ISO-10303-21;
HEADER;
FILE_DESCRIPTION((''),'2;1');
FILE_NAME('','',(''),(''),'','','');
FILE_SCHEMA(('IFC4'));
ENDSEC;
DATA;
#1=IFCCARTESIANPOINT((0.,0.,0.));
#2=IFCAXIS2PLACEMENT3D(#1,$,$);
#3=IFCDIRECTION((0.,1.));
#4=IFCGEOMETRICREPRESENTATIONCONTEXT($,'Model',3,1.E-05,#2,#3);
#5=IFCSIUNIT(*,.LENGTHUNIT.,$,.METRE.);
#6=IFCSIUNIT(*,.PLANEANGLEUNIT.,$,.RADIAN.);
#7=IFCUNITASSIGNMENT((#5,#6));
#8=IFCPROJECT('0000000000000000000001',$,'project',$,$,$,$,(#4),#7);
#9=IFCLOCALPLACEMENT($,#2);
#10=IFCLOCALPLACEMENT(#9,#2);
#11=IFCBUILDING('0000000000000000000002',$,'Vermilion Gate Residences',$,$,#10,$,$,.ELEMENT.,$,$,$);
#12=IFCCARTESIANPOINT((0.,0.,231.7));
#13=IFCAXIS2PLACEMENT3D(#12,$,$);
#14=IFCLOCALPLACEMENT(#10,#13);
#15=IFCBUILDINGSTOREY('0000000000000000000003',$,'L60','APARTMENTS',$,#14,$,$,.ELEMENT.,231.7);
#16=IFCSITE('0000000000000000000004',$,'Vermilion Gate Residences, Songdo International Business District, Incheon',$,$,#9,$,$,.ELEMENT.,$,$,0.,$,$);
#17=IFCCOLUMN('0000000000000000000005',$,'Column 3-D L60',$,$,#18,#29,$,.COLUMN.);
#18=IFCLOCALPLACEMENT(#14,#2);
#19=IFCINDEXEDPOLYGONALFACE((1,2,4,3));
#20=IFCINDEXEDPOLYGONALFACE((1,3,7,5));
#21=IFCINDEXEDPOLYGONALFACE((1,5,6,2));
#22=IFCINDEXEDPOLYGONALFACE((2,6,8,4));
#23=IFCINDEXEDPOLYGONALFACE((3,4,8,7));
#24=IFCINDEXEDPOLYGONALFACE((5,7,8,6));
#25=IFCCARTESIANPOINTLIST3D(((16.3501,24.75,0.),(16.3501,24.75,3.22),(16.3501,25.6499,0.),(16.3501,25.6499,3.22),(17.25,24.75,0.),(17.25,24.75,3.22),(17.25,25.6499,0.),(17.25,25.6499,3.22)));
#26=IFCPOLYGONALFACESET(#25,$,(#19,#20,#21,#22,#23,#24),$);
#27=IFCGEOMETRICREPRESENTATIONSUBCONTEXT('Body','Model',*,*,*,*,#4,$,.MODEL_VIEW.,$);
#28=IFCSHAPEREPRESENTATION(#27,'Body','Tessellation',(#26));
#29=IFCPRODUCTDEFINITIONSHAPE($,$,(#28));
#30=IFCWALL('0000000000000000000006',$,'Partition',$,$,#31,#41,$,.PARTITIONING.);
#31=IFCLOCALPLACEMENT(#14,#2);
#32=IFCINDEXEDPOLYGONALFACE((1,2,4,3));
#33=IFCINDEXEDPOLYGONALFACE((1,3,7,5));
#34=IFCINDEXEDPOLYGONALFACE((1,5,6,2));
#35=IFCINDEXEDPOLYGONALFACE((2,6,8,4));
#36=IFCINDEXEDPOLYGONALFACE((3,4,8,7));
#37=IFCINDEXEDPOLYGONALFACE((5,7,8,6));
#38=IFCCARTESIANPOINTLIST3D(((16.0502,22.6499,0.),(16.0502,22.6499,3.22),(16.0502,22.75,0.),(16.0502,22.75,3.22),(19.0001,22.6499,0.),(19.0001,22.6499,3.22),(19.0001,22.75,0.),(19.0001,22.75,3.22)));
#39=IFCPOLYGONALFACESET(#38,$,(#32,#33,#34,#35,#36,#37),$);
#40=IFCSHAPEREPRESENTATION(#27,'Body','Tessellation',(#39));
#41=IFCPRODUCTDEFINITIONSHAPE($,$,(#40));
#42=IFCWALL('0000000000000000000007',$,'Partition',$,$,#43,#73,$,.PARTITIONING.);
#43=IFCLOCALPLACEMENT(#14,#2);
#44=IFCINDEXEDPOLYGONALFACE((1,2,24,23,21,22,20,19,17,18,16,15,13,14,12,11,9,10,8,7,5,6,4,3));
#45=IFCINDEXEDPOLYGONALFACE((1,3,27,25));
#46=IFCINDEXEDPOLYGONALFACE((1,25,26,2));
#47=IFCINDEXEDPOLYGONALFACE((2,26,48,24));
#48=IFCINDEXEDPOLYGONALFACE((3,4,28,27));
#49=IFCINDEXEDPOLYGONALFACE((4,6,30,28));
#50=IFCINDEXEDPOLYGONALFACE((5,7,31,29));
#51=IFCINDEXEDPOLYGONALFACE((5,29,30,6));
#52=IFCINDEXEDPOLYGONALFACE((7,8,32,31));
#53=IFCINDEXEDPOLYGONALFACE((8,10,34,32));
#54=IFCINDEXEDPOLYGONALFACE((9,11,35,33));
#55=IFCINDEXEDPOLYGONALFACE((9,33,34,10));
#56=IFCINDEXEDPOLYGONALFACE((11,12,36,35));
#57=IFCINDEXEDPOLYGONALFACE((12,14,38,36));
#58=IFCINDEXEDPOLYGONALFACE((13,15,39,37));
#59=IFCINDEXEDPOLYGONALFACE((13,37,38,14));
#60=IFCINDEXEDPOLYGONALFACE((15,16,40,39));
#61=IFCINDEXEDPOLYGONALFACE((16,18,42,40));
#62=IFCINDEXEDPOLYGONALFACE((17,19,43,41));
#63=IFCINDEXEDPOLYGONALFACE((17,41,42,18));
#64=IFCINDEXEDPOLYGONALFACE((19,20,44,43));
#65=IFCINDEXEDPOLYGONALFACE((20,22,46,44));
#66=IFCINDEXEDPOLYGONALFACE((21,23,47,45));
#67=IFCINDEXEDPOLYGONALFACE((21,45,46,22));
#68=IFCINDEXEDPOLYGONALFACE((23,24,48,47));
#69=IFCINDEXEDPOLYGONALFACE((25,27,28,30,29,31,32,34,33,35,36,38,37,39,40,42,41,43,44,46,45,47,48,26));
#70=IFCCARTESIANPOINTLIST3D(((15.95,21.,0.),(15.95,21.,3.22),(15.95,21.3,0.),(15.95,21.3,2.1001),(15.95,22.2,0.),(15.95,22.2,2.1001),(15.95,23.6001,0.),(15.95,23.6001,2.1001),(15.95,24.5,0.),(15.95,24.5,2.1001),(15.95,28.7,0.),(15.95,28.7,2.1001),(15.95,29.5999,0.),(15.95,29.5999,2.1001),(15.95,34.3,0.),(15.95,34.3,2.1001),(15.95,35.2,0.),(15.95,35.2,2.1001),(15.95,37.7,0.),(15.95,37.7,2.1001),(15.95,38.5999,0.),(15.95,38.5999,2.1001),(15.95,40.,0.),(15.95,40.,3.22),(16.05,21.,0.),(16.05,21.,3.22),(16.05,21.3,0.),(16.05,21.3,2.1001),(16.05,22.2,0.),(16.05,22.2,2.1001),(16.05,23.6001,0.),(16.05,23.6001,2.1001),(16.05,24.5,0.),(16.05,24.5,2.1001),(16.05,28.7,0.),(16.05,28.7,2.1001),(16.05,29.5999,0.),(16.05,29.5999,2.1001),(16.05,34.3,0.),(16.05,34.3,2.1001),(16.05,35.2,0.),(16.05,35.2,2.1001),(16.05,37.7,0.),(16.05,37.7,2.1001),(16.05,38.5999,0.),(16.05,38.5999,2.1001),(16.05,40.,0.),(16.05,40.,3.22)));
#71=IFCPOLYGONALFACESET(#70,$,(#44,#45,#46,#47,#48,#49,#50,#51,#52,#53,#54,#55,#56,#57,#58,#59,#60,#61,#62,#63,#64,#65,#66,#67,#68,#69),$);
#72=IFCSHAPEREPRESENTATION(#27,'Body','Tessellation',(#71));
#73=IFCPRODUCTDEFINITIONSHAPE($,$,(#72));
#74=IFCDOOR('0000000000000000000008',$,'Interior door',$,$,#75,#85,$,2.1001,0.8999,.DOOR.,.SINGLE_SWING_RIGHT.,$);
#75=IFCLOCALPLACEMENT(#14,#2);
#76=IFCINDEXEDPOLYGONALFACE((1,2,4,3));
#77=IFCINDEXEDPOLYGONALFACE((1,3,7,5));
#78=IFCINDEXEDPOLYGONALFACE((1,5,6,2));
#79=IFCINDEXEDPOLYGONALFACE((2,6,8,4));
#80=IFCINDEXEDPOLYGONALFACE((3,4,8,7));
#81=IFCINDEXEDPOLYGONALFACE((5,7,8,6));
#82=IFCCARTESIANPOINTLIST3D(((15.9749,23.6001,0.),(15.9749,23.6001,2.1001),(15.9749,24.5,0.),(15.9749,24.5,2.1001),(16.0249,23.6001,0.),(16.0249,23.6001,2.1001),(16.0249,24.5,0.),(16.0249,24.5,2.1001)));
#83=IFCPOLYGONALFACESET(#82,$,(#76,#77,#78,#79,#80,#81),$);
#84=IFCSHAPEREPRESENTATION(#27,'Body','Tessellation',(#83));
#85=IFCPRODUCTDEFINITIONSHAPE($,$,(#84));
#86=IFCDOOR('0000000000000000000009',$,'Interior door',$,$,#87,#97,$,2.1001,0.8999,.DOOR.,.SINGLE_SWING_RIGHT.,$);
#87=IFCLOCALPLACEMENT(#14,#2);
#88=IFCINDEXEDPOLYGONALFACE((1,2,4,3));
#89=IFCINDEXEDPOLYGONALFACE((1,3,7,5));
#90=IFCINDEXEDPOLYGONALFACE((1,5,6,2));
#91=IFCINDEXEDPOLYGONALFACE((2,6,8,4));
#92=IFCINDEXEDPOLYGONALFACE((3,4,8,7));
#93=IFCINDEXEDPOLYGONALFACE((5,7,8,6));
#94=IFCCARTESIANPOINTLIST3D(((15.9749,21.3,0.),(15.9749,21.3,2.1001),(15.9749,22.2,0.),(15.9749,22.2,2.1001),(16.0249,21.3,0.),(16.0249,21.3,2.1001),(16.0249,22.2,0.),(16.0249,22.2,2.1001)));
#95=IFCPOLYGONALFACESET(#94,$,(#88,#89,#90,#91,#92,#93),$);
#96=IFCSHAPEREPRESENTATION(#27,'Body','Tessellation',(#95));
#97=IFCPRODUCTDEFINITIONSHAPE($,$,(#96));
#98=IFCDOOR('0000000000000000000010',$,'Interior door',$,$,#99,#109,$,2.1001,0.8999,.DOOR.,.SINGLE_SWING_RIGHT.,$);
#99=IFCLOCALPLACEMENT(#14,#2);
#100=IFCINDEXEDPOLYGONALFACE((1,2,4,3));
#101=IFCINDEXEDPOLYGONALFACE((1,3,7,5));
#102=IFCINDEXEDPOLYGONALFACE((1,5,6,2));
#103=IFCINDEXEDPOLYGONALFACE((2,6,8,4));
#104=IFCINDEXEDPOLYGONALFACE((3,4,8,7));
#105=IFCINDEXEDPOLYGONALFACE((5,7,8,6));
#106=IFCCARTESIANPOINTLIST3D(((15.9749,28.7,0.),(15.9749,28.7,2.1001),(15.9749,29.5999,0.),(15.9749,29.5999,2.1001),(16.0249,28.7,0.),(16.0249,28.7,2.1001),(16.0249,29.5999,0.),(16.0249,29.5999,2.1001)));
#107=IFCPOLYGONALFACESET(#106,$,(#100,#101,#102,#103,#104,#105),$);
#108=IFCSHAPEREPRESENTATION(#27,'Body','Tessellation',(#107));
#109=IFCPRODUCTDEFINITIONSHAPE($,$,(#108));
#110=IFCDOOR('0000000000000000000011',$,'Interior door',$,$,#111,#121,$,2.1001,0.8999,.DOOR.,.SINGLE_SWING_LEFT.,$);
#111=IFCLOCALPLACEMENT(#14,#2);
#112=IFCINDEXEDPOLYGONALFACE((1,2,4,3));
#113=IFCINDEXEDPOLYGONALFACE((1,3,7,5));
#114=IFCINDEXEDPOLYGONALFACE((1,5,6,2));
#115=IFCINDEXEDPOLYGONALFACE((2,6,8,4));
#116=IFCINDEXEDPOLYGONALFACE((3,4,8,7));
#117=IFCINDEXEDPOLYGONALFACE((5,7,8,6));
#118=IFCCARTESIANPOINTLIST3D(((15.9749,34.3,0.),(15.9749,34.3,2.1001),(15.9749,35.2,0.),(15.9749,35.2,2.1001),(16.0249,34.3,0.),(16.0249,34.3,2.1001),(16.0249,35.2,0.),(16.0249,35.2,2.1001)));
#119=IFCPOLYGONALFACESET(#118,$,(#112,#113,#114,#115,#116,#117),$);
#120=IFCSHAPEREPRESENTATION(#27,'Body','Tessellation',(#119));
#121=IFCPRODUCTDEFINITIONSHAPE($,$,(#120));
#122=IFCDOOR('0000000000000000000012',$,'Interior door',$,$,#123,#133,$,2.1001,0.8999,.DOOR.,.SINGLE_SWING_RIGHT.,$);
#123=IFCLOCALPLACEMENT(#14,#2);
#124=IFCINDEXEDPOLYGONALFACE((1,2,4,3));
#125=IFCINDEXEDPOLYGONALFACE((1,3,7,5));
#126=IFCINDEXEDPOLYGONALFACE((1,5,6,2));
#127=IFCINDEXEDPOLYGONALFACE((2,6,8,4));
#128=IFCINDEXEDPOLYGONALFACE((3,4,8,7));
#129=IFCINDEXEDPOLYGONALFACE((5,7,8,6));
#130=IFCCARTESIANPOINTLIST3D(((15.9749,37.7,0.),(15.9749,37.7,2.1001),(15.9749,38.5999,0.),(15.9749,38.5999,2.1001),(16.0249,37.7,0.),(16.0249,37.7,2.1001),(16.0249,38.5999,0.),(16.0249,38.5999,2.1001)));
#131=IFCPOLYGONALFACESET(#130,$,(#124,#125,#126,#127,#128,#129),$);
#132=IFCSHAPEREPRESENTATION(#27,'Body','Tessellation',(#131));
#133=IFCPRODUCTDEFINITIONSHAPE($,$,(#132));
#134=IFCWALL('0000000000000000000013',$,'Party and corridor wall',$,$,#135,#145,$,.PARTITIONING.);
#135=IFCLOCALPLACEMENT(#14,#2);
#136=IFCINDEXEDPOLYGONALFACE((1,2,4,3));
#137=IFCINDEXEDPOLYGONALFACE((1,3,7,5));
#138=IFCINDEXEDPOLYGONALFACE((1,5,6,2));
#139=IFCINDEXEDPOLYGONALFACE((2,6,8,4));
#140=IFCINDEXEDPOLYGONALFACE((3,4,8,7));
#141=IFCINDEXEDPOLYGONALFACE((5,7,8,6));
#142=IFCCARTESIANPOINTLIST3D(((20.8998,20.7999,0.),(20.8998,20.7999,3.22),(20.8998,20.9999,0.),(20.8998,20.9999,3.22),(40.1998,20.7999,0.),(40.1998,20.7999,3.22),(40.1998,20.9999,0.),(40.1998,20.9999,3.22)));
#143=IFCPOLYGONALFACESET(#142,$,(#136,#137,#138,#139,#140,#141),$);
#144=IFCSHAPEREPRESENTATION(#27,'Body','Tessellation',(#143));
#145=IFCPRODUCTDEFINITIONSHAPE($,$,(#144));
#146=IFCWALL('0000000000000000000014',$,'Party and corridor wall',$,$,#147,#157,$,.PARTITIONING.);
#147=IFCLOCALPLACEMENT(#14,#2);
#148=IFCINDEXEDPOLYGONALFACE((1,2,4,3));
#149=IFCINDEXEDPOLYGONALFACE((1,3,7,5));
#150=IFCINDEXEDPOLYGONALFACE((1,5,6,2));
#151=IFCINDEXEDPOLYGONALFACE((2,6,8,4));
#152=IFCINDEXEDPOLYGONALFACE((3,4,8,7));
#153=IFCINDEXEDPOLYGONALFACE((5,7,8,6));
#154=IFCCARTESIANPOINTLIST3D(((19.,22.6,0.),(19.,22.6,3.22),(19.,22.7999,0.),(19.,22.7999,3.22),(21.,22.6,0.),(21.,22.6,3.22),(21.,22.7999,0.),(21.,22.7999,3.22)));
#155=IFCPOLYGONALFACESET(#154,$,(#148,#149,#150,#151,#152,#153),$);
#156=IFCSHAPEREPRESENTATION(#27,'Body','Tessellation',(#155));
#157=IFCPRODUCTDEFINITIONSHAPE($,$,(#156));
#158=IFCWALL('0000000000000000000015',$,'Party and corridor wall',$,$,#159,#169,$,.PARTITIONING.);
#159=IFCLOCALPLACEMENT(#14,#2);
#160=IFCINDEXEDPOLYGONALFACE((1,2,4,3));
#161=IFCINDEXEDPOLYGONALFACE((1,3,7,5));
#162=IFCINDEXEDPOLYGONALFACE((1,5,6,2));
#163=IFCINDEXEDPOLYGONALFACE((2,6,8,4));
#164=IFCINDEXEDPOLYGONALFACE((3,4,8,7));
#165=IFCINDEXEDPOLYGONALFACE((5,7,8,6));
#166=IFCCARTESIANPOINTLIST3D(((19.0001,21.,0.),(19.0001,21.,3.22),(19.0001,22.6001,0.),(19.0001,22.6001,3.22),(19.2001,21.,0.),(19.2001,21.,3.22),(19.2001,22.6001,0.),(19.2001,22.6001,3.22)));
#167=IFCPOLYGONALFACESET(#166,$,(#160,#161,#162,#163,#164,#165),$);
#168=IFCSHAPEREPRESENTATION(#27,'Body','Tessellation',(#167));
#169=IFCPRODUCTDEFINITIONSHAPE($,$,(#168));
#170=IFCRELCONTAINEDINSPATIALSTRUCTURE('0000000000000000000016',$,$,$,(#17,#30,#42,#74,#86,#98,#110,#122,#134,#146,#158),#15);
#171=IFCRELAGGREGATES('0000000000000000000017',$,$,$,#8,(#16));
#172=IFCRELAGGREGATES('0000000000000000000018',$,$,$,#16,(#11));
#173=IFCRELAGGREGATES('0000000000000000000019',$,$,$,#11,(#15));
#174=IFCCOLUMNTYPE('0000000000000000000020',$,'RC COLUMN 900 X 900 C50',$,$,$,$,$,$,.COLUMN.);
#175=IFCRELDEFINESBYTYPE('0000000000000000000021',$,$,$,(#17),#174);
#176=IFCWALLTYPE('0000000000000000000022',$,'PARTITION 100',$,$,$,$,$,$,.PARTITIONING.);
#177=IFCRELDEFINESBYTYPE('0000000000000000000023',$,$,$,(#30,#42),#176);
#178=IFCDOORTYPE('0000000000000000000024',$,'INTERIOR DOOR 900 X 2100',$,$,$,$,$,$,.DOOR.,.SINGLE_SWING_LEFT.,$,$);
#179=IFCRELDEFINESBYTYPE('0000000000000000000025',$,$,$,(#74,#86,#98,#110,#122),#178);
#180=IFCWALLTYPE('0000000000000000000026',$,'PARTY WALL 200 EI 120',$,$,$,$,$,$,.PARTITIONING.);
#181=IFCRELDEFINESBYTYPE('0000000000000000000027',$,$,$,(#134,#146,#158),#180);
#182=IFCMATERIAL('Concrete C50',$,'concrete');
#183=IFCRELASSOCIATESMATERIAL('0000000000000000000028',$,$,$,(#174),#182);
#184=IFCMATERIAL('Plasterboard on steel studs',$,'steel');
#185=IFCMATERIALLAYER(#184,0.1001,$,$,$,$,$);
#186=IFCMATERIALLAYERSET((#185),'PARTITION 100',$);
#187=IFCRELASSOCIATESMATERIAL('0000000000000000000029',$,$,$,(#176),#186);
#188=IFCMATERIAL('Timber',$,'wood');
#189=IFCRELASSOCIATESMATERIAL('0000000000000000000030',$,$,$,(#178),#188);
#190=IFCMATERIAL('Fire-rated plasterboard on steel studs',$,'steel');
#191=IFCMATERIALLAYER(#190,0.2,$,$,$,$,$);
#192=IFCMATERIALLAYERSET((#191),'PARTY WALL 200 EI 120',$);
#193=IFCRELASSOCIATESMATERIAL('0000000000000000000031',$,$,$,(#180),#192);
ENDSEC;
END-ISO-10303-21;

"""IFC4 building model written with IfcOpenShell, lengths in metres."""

from ifc_helpers import new_model, si_unit, direction, frame, frame_2d, origin, origin_2d, place, context, subcontext, project, spatial, rectangle, extrude, material, layer, layer_set, material_profile, profile_set, type_object, element, fill, save


model = new_model("IFC4")

# Units and contexts
model_context = context("Model", 3, precision=1e-05, world=origin(), true_north=direction((0.0, 1.0)))
body_context = subcontext(model_context, "Body", "Model", "MODEL_VIEW")
ifc_project = project(units=[si_unit("LENGTHUNIT", "METRE"), si_unit("PLANEANGLEUNIT", "RADIAN")], contexts=[model_context])

# Site, building, storey
site_placement = place(None, origin())
site = spatial("IfcSite", under=ifc_project, at=site_placement, Name="Vermilion Gate Residences, Songdo International Business District, Incheon", CompositionType="ELEMENT", RefElevation=0.0)
building_placement = place(site_placement, origin())
building = spatial("IfcBuilding", under=site, at=building_placement, Name="Vermilion Gate Residences", CompositionType="ELEMENT")
storey_placement = place(building_placement, frame((0.0, 0.0, 231.7)))
storey = spatial("IfcBuildingStorey", under=building, at=storey_placement, Name="L60", Description="APARTMENTS", CompositionType="ELEMENT", Elevation=231.7)

# Column
ifc_material_1 = material(Name="Concrete C50", Category="concrete")
ifc_material_profile = material_profile(ifc_material_1, rectangle(XDim=0.8999, YDim=0.8999, at=origin_2d()), Name="RC-900x900")
ifc_profile_set = profile_set([ifc_material_profile], Name="Concrete C50")
column_type = type_object("IfcColumnType", Name="RC COLUMN 900 X 900 C50", PredefinedType="COLUMN", material=ifc_profile_set)
column_placement = place(storey_placement, frame((16.8, 25.2, 0.0), z_axis=(0.0, 0.0, 1.0), x_axis=(1.0, 0.0, 0.0)))
element("IfcColumn", 1, at=column_placement, inside=storey, type_object=column_type, Name="Column 3-D L60", PredefinedType="COLUMN", context=body_context, shape_type="SweptSolid", body=[
    extrude(rectangle(XDim=0.8999, YDim=0.8999, at=origin_2d()), origin(), (0.0, 0.0, 1.0), 3.22),
])

# Wall
ifc_material_2 = material(Name="Plasterboard on steel studs", Category="steel")
ifc_layer_1 = layer(ifc_material_2, 0.1001)
ifc_layer_set_1 = layer_set([ifc_layer_1], Name="PARTITION 100")
wall_type_1 = type_object("IfcWallType", Name="PARTITION 100", PredefinedType="PARTITIONING", material=ifc_layer_set_1)
wall_1_placement = place(storey_placement, frame((16.05, 22.7, 0.0), z_axis=(0.0, 0.0, 1.0), x_axis=(1.0, 0.0, 0.0)))
element("IfcWall", 2, at=wall_1_placement, inside=storey, type_object=wall_type_1, Name="Partition", PredefinedType="PARTITIONING", context=body_context, shape_type="SweptSolid", body=[
    extrude(rectangle(XDim=2.95, YDim=0.1001, at=frame_2d((1.4751, 0.0))), origin(), (0.0, 0.0, 1.0), 3.22),
])

# Wall, openings, doors
wall_2_placement = place(storey_placement, frame((16.0, 21.0, 0.0), z_axis=(0.0, 0.0, 1.0), x_axis=(0.0, 1.0, 0.0)))
wall_2 = element("IfcWall", 3, at=wall_2_placement, inside=storey, type_object=wall_type_1, Name="Partition", PredefinedType="PARTITIONING", context=body_context, shape_type="SweptSolid", body=[
    extrude(rectangle(XDim=19.0, YDim=0.1001, at=frame_2d((9.5, 0.0))), origin(), (0.0, 0.0, 1.0), 3.22),
])
opening_1_placement = place(wall_2_placement, frame((2.6001, 0.0, 0.0)))
opening_1 = element("IfcOpeningElement", 4, at=opening_1_placement, cuts=wall_2, PredefinedType="OPENING", context=body_context, shape_type="SweptSolid", body=[
    extrude(rectangle(XDim=0.8999, YDim=2.1001, at=frame_2d((0.45, 1.05))), frame((0.0, 0.0601, 0.0), z_axis=(0.0, -1.0, 0.0), x_axis=(1.0, 0.0, 0.0)), (0.0, 0.0, 1.0), 0.1201),
])
opening_2_placement = place(wall_2_placement, frame((0.3, 0.0, 0.0)))
opening_2 = element("IfcOpeningElement", 5, at=opening_2_placement, cuts=wall_2, PredefinedType="OPENING", context=body_context, shape_type="SweptSolid", body=[
    extrude(rectangle(XDim=0.8999, YDim=2.1001, at=frame_2d((0.45, 1.05))), frame((0.0, 0.0601, 0.0), z_axis=(0.0, -1.0, 0.0), x_axis=(1.0, 0.0, 0.0)), (0.0, 0.0, 1.0), 0.1201),
])
opening_3_placement = place(wall_2_placement, frame((7.7, 0.0, 0.0)))
opening_3 = element("IfcOpeningElement", 6, at=opening_3_placement, cuts=wall_2, PredefinedType="OPENING", context=body_context, shape_type="SweptSolid", body=[
    extrude(rectangle(XDim=0.8999, YDim=2.1001, at=frame_2d((0.45, 1.05))), frame((0.0, 0.0601, 0.0), z_axis=(0.0, -1.0, 0.0), x_axis=(1.0, 0.0, 0.0)), (0.0, 0.0, 1.0), 0.1201),
])
opening_4_placement = place(wall_2_placement, frame((13.3, 0.0, 0.0)))
opening_4 = element("IfcOpeningElement", 7, at=opening_4_placement, cuts=wall_2, PredefinedType="OPENING", context=body_context, shape_type="SweptSolid", body=[
    extrude(rectangle(XDim=0.8999, YDim=2.1001, at=frame_2d((0.45, 1.05))), frame((0.0, 0.0601, 0.0), z_axis=(0.0, -1.0, 0.0), x_axis=(1.0, 0.0, 0.0)), (0.0, 0.0, 1.0), 0.1201),
])
opening_5_placement = place(wall_2_placement, frame((16.7, 0.0, 0.0)))
opening_5 = element("IfcOpeningElement", 8, at=opening_5_placement, cuts=wall_2, PredefinedType="OPENING", context=body_context, shape_type="SweptSolid", body=[
    extrude(rectangle(XDim=0.8999, YDim=2.1001, at=frame_2d((0.45, 1.05))), frame((0.0, 0.0601, 0.0), z_axis=(0.0, -1.0, 0.0), x_axis=(1.0, 0.0, 0.0)), (0.0, 0.0, 1.0), 0.1201),
])
ifc_material_3 = material(Name="Timber", Category="wood")
door_type_1 = type_object("IfcDoorType", Name="INTERIOR DOOR 900 X 2100", OperationType="SINGLE_SWING_LEFT", PredefinedType="DOOR", material=ifc_material_3)
door_1_placement = place(opening_1_placement, frame((0.8999, 0.0, 0.0), z_axis=(0.0, 0.0, 1.0), x_axis=(-1.0, 0.0, 0.0)))
door_1 = element("IfcDoor", 9, at=door_1_placement, inside=storey, type_object=door_type_1, Name="Interior door", OperationType="SINGLE_SWING_RIGHT", OverallHeight=2.1001, OverallWidth=0.8999, PredefinedType="DOOR", context=body_context, shape_type="SweptSolid", body=[
    extrude(rectangle(XDim=0.8999, YDim=2.1001, at=frame_2d((0.45, 1.05))), frame((0.0, 0.0249, 0.0), z_axis=(0.0, -1.0, 0.0), x_axis=(1.0, 0.0, 0.0)), (0.0, 0.0, 1.0), 0.05),
])
fill(opening_1, door_1)
door_2_placement = place(opening_2_placement, frame((0.8999, 0.0, 0.0), z_axis=(0.0, 0.0, 1.0), x_axis=(-1.0, 0.0, 0.0)))
door_2 = element("IfcDoor", 10, at=door_2_placement, inside=storey, type_object=door_type_1, Name="Interior door", OperationType="SINGLE_SWING_RIGHT", OverallHeight=2.1001, OverallWidth=0.8999, PredefinedType="DOOR", context=body_context, shape_type="SweptSolid", body=[
    extrude(rectangle(XDim=0.8999, YDim=2.1001, at=frame_2d((0.45, 1.05))), frame((0.0, 0.0249, 0.0), z_axis=(0.0, -1.0, 0.0), x_axis=(1.0, 0.0, 0.0)), (0.0, 0.0, 1.0), 0.05),
])
fill(opening_2, door_2)
door_3_placement = place(opening_3_placement, frame((0.8999, 0.0, 0.0), z_axis=(0.0, 0.0, 1.0), x_axis=(-1.0, 0.0, 0.0)))
door_3 = element("IfcDoor", 11, at=door_3_placement, inside=storey, type_object=door_type_1, Name="Interior door", OperationType="SINGLE_SWING_RIGHT", OverallHeight=2.1001, OverallWidth=0.8999, PredefinedType="DOOR", context=body_context, shape_type="SweptSolid", body=[
    extrude(rectangle(XDim=0.8999, YDim=2.1001, at=frame_2d((0.45, 1.05))), frame((0.0, 0.0249, 0.0), z_axis=(0.0, -1.0, 0.0), x_axis=(1.0, 0.0, 0.0)), (0.0, 0.0, 1.0), 0.05),
])
fill(opening_3, door_3)
door_4_placement = place(opening_4_placement, frame((0.8999, 0.0, 0.0), z_axis=(0.0, 0.0, 1.0), x_axis=(-1.0, 0.0, 0.0)))
door_4 = element("IfcDoor", 12, at=door_4_placement, inside=storey, type_object=door_type_1, Name="Interior door", OperationType="SINGLE_SWING_LEFT", OverallHeight=2.1001, OverallWidth=0.8999, PredefinedType="DOOR", context=body_context, shape_type="SweptSolid", body=[
    extrude(rectangle(XDim=0.8999, YDim=2.1001, at=frame_2d((0.45, 1.05))), frame((0.0, 0.0249, 0.0), z_axis=(0.0, -1.0, 0.0), x_axis=(1.0, 0.0, 0.0)), (0.0, 0.0, 1.0), 0.05),
])
fill(opening_4, door_4)
door_5_placement = place(opening_5_placement, frame((0.8999, 0.0, 0.0), z_axis=(0.0, 0.0, 1.0), x_axis=(-1.0, 0.0, 0.0)))
door_5 = element("IfcDoor", 13, at=door_5_placement, inside=storey, type_object=door_type_1, Name="Interior door", OperationType="SINGLE_SWING_RIGHT", OverallHeight=2.1001, OverallWidth=0.8999, PredefinedType="DOOR", context=body_context, shape_type="SweptSolid", body=[
    extrude(rectangle(XDim=0.8999, YDim=2.1001, at=frame_2d((0.45, 1.05))), frame((0.0, 0.0249, 0.0), z_axis=(0.0, -1.0, 0.0), x_axis=(1.0, 0.0, 0.0)), (0.0, 0.0, 1.0), 0.05),
])
fill(opening_5, door_5)

# Walls
ifc_material_4 = material(Name="Fire-rated plasterboard on steel studs", Category="steel")
ifc_layer_2 = layer(ifc_material_4, 0.2)
ifc_layer_set_2 = layer_set([ifc_layer_2], Name="PARTY WALL 200 EI 120")
wall_type_2 = type_object("IfcWallType", Name="PARTY WALL 200 EI 120", PredefinedType="PARTITIONING", material=ifc_layer_set_2)
wall_3_placement = place(storey_placement, frame((20.8999, 20.8999, 0.0), z_axis=(0.0, 0.0, 1.0), x_axis=(1.0, 0.0, 0.0)))
element("IfcWall", 14, at=wall_3_placement, inside=storey, type_object=wall_type_2, Name="Party and corridor wall", PredefinedType="PARTITIONING", context=body_context, shape_type="SweptSolid", body=[
    extrude(rectangle(XDim=19.3, YDim=0.2, at=frame_2d((9.6499, 0.0))), origin(), (0.0, 0.0, 1.0), 3.22),
])
wall_4_placement = place(storey_placement, frame((19.0, 22.7, 0.0), z_axis=(0.0, 0.0, 1.0), x_axis=(1.0, 0.0, 0.0)))
element("IfcWall", 15, at=wall_4_placement, inside=storey, type_object=wall_type_2, Name="Party and corridor wall", PredefinedType="PARTITIONING", context=body_context, shape_type="SweptSolid", body=[
    extrude(rectangle(XDim=2.0, YDim=0.2, at=frame_2d((1.0, 0.0))), origin(), (0.0, 0.0, 1.0), 3.22),
])
wall_5_placement = place(storey_placement, frame((19.1001, 21.0, 0.0), z_axis=(0.0, 0.0, 1.0), x_axis=(0.0, 1.0, 0.0)))
element("IfcWall", 16, at=wall_5_placement, inside=storey, type_object=wall_type_2, Name="Party and corridor wall", PredefinedType="PARTITIONING", context=body_context, shape_type="SweptSolid", body=[
    extrude(rectangle(XDim=1.6001, YDim=0.2, at=frame_2d((0.8, 0.0))), origin(), (0.0, 0.0, 1.0), 3.22),
])

save(model, "model.ifc")
